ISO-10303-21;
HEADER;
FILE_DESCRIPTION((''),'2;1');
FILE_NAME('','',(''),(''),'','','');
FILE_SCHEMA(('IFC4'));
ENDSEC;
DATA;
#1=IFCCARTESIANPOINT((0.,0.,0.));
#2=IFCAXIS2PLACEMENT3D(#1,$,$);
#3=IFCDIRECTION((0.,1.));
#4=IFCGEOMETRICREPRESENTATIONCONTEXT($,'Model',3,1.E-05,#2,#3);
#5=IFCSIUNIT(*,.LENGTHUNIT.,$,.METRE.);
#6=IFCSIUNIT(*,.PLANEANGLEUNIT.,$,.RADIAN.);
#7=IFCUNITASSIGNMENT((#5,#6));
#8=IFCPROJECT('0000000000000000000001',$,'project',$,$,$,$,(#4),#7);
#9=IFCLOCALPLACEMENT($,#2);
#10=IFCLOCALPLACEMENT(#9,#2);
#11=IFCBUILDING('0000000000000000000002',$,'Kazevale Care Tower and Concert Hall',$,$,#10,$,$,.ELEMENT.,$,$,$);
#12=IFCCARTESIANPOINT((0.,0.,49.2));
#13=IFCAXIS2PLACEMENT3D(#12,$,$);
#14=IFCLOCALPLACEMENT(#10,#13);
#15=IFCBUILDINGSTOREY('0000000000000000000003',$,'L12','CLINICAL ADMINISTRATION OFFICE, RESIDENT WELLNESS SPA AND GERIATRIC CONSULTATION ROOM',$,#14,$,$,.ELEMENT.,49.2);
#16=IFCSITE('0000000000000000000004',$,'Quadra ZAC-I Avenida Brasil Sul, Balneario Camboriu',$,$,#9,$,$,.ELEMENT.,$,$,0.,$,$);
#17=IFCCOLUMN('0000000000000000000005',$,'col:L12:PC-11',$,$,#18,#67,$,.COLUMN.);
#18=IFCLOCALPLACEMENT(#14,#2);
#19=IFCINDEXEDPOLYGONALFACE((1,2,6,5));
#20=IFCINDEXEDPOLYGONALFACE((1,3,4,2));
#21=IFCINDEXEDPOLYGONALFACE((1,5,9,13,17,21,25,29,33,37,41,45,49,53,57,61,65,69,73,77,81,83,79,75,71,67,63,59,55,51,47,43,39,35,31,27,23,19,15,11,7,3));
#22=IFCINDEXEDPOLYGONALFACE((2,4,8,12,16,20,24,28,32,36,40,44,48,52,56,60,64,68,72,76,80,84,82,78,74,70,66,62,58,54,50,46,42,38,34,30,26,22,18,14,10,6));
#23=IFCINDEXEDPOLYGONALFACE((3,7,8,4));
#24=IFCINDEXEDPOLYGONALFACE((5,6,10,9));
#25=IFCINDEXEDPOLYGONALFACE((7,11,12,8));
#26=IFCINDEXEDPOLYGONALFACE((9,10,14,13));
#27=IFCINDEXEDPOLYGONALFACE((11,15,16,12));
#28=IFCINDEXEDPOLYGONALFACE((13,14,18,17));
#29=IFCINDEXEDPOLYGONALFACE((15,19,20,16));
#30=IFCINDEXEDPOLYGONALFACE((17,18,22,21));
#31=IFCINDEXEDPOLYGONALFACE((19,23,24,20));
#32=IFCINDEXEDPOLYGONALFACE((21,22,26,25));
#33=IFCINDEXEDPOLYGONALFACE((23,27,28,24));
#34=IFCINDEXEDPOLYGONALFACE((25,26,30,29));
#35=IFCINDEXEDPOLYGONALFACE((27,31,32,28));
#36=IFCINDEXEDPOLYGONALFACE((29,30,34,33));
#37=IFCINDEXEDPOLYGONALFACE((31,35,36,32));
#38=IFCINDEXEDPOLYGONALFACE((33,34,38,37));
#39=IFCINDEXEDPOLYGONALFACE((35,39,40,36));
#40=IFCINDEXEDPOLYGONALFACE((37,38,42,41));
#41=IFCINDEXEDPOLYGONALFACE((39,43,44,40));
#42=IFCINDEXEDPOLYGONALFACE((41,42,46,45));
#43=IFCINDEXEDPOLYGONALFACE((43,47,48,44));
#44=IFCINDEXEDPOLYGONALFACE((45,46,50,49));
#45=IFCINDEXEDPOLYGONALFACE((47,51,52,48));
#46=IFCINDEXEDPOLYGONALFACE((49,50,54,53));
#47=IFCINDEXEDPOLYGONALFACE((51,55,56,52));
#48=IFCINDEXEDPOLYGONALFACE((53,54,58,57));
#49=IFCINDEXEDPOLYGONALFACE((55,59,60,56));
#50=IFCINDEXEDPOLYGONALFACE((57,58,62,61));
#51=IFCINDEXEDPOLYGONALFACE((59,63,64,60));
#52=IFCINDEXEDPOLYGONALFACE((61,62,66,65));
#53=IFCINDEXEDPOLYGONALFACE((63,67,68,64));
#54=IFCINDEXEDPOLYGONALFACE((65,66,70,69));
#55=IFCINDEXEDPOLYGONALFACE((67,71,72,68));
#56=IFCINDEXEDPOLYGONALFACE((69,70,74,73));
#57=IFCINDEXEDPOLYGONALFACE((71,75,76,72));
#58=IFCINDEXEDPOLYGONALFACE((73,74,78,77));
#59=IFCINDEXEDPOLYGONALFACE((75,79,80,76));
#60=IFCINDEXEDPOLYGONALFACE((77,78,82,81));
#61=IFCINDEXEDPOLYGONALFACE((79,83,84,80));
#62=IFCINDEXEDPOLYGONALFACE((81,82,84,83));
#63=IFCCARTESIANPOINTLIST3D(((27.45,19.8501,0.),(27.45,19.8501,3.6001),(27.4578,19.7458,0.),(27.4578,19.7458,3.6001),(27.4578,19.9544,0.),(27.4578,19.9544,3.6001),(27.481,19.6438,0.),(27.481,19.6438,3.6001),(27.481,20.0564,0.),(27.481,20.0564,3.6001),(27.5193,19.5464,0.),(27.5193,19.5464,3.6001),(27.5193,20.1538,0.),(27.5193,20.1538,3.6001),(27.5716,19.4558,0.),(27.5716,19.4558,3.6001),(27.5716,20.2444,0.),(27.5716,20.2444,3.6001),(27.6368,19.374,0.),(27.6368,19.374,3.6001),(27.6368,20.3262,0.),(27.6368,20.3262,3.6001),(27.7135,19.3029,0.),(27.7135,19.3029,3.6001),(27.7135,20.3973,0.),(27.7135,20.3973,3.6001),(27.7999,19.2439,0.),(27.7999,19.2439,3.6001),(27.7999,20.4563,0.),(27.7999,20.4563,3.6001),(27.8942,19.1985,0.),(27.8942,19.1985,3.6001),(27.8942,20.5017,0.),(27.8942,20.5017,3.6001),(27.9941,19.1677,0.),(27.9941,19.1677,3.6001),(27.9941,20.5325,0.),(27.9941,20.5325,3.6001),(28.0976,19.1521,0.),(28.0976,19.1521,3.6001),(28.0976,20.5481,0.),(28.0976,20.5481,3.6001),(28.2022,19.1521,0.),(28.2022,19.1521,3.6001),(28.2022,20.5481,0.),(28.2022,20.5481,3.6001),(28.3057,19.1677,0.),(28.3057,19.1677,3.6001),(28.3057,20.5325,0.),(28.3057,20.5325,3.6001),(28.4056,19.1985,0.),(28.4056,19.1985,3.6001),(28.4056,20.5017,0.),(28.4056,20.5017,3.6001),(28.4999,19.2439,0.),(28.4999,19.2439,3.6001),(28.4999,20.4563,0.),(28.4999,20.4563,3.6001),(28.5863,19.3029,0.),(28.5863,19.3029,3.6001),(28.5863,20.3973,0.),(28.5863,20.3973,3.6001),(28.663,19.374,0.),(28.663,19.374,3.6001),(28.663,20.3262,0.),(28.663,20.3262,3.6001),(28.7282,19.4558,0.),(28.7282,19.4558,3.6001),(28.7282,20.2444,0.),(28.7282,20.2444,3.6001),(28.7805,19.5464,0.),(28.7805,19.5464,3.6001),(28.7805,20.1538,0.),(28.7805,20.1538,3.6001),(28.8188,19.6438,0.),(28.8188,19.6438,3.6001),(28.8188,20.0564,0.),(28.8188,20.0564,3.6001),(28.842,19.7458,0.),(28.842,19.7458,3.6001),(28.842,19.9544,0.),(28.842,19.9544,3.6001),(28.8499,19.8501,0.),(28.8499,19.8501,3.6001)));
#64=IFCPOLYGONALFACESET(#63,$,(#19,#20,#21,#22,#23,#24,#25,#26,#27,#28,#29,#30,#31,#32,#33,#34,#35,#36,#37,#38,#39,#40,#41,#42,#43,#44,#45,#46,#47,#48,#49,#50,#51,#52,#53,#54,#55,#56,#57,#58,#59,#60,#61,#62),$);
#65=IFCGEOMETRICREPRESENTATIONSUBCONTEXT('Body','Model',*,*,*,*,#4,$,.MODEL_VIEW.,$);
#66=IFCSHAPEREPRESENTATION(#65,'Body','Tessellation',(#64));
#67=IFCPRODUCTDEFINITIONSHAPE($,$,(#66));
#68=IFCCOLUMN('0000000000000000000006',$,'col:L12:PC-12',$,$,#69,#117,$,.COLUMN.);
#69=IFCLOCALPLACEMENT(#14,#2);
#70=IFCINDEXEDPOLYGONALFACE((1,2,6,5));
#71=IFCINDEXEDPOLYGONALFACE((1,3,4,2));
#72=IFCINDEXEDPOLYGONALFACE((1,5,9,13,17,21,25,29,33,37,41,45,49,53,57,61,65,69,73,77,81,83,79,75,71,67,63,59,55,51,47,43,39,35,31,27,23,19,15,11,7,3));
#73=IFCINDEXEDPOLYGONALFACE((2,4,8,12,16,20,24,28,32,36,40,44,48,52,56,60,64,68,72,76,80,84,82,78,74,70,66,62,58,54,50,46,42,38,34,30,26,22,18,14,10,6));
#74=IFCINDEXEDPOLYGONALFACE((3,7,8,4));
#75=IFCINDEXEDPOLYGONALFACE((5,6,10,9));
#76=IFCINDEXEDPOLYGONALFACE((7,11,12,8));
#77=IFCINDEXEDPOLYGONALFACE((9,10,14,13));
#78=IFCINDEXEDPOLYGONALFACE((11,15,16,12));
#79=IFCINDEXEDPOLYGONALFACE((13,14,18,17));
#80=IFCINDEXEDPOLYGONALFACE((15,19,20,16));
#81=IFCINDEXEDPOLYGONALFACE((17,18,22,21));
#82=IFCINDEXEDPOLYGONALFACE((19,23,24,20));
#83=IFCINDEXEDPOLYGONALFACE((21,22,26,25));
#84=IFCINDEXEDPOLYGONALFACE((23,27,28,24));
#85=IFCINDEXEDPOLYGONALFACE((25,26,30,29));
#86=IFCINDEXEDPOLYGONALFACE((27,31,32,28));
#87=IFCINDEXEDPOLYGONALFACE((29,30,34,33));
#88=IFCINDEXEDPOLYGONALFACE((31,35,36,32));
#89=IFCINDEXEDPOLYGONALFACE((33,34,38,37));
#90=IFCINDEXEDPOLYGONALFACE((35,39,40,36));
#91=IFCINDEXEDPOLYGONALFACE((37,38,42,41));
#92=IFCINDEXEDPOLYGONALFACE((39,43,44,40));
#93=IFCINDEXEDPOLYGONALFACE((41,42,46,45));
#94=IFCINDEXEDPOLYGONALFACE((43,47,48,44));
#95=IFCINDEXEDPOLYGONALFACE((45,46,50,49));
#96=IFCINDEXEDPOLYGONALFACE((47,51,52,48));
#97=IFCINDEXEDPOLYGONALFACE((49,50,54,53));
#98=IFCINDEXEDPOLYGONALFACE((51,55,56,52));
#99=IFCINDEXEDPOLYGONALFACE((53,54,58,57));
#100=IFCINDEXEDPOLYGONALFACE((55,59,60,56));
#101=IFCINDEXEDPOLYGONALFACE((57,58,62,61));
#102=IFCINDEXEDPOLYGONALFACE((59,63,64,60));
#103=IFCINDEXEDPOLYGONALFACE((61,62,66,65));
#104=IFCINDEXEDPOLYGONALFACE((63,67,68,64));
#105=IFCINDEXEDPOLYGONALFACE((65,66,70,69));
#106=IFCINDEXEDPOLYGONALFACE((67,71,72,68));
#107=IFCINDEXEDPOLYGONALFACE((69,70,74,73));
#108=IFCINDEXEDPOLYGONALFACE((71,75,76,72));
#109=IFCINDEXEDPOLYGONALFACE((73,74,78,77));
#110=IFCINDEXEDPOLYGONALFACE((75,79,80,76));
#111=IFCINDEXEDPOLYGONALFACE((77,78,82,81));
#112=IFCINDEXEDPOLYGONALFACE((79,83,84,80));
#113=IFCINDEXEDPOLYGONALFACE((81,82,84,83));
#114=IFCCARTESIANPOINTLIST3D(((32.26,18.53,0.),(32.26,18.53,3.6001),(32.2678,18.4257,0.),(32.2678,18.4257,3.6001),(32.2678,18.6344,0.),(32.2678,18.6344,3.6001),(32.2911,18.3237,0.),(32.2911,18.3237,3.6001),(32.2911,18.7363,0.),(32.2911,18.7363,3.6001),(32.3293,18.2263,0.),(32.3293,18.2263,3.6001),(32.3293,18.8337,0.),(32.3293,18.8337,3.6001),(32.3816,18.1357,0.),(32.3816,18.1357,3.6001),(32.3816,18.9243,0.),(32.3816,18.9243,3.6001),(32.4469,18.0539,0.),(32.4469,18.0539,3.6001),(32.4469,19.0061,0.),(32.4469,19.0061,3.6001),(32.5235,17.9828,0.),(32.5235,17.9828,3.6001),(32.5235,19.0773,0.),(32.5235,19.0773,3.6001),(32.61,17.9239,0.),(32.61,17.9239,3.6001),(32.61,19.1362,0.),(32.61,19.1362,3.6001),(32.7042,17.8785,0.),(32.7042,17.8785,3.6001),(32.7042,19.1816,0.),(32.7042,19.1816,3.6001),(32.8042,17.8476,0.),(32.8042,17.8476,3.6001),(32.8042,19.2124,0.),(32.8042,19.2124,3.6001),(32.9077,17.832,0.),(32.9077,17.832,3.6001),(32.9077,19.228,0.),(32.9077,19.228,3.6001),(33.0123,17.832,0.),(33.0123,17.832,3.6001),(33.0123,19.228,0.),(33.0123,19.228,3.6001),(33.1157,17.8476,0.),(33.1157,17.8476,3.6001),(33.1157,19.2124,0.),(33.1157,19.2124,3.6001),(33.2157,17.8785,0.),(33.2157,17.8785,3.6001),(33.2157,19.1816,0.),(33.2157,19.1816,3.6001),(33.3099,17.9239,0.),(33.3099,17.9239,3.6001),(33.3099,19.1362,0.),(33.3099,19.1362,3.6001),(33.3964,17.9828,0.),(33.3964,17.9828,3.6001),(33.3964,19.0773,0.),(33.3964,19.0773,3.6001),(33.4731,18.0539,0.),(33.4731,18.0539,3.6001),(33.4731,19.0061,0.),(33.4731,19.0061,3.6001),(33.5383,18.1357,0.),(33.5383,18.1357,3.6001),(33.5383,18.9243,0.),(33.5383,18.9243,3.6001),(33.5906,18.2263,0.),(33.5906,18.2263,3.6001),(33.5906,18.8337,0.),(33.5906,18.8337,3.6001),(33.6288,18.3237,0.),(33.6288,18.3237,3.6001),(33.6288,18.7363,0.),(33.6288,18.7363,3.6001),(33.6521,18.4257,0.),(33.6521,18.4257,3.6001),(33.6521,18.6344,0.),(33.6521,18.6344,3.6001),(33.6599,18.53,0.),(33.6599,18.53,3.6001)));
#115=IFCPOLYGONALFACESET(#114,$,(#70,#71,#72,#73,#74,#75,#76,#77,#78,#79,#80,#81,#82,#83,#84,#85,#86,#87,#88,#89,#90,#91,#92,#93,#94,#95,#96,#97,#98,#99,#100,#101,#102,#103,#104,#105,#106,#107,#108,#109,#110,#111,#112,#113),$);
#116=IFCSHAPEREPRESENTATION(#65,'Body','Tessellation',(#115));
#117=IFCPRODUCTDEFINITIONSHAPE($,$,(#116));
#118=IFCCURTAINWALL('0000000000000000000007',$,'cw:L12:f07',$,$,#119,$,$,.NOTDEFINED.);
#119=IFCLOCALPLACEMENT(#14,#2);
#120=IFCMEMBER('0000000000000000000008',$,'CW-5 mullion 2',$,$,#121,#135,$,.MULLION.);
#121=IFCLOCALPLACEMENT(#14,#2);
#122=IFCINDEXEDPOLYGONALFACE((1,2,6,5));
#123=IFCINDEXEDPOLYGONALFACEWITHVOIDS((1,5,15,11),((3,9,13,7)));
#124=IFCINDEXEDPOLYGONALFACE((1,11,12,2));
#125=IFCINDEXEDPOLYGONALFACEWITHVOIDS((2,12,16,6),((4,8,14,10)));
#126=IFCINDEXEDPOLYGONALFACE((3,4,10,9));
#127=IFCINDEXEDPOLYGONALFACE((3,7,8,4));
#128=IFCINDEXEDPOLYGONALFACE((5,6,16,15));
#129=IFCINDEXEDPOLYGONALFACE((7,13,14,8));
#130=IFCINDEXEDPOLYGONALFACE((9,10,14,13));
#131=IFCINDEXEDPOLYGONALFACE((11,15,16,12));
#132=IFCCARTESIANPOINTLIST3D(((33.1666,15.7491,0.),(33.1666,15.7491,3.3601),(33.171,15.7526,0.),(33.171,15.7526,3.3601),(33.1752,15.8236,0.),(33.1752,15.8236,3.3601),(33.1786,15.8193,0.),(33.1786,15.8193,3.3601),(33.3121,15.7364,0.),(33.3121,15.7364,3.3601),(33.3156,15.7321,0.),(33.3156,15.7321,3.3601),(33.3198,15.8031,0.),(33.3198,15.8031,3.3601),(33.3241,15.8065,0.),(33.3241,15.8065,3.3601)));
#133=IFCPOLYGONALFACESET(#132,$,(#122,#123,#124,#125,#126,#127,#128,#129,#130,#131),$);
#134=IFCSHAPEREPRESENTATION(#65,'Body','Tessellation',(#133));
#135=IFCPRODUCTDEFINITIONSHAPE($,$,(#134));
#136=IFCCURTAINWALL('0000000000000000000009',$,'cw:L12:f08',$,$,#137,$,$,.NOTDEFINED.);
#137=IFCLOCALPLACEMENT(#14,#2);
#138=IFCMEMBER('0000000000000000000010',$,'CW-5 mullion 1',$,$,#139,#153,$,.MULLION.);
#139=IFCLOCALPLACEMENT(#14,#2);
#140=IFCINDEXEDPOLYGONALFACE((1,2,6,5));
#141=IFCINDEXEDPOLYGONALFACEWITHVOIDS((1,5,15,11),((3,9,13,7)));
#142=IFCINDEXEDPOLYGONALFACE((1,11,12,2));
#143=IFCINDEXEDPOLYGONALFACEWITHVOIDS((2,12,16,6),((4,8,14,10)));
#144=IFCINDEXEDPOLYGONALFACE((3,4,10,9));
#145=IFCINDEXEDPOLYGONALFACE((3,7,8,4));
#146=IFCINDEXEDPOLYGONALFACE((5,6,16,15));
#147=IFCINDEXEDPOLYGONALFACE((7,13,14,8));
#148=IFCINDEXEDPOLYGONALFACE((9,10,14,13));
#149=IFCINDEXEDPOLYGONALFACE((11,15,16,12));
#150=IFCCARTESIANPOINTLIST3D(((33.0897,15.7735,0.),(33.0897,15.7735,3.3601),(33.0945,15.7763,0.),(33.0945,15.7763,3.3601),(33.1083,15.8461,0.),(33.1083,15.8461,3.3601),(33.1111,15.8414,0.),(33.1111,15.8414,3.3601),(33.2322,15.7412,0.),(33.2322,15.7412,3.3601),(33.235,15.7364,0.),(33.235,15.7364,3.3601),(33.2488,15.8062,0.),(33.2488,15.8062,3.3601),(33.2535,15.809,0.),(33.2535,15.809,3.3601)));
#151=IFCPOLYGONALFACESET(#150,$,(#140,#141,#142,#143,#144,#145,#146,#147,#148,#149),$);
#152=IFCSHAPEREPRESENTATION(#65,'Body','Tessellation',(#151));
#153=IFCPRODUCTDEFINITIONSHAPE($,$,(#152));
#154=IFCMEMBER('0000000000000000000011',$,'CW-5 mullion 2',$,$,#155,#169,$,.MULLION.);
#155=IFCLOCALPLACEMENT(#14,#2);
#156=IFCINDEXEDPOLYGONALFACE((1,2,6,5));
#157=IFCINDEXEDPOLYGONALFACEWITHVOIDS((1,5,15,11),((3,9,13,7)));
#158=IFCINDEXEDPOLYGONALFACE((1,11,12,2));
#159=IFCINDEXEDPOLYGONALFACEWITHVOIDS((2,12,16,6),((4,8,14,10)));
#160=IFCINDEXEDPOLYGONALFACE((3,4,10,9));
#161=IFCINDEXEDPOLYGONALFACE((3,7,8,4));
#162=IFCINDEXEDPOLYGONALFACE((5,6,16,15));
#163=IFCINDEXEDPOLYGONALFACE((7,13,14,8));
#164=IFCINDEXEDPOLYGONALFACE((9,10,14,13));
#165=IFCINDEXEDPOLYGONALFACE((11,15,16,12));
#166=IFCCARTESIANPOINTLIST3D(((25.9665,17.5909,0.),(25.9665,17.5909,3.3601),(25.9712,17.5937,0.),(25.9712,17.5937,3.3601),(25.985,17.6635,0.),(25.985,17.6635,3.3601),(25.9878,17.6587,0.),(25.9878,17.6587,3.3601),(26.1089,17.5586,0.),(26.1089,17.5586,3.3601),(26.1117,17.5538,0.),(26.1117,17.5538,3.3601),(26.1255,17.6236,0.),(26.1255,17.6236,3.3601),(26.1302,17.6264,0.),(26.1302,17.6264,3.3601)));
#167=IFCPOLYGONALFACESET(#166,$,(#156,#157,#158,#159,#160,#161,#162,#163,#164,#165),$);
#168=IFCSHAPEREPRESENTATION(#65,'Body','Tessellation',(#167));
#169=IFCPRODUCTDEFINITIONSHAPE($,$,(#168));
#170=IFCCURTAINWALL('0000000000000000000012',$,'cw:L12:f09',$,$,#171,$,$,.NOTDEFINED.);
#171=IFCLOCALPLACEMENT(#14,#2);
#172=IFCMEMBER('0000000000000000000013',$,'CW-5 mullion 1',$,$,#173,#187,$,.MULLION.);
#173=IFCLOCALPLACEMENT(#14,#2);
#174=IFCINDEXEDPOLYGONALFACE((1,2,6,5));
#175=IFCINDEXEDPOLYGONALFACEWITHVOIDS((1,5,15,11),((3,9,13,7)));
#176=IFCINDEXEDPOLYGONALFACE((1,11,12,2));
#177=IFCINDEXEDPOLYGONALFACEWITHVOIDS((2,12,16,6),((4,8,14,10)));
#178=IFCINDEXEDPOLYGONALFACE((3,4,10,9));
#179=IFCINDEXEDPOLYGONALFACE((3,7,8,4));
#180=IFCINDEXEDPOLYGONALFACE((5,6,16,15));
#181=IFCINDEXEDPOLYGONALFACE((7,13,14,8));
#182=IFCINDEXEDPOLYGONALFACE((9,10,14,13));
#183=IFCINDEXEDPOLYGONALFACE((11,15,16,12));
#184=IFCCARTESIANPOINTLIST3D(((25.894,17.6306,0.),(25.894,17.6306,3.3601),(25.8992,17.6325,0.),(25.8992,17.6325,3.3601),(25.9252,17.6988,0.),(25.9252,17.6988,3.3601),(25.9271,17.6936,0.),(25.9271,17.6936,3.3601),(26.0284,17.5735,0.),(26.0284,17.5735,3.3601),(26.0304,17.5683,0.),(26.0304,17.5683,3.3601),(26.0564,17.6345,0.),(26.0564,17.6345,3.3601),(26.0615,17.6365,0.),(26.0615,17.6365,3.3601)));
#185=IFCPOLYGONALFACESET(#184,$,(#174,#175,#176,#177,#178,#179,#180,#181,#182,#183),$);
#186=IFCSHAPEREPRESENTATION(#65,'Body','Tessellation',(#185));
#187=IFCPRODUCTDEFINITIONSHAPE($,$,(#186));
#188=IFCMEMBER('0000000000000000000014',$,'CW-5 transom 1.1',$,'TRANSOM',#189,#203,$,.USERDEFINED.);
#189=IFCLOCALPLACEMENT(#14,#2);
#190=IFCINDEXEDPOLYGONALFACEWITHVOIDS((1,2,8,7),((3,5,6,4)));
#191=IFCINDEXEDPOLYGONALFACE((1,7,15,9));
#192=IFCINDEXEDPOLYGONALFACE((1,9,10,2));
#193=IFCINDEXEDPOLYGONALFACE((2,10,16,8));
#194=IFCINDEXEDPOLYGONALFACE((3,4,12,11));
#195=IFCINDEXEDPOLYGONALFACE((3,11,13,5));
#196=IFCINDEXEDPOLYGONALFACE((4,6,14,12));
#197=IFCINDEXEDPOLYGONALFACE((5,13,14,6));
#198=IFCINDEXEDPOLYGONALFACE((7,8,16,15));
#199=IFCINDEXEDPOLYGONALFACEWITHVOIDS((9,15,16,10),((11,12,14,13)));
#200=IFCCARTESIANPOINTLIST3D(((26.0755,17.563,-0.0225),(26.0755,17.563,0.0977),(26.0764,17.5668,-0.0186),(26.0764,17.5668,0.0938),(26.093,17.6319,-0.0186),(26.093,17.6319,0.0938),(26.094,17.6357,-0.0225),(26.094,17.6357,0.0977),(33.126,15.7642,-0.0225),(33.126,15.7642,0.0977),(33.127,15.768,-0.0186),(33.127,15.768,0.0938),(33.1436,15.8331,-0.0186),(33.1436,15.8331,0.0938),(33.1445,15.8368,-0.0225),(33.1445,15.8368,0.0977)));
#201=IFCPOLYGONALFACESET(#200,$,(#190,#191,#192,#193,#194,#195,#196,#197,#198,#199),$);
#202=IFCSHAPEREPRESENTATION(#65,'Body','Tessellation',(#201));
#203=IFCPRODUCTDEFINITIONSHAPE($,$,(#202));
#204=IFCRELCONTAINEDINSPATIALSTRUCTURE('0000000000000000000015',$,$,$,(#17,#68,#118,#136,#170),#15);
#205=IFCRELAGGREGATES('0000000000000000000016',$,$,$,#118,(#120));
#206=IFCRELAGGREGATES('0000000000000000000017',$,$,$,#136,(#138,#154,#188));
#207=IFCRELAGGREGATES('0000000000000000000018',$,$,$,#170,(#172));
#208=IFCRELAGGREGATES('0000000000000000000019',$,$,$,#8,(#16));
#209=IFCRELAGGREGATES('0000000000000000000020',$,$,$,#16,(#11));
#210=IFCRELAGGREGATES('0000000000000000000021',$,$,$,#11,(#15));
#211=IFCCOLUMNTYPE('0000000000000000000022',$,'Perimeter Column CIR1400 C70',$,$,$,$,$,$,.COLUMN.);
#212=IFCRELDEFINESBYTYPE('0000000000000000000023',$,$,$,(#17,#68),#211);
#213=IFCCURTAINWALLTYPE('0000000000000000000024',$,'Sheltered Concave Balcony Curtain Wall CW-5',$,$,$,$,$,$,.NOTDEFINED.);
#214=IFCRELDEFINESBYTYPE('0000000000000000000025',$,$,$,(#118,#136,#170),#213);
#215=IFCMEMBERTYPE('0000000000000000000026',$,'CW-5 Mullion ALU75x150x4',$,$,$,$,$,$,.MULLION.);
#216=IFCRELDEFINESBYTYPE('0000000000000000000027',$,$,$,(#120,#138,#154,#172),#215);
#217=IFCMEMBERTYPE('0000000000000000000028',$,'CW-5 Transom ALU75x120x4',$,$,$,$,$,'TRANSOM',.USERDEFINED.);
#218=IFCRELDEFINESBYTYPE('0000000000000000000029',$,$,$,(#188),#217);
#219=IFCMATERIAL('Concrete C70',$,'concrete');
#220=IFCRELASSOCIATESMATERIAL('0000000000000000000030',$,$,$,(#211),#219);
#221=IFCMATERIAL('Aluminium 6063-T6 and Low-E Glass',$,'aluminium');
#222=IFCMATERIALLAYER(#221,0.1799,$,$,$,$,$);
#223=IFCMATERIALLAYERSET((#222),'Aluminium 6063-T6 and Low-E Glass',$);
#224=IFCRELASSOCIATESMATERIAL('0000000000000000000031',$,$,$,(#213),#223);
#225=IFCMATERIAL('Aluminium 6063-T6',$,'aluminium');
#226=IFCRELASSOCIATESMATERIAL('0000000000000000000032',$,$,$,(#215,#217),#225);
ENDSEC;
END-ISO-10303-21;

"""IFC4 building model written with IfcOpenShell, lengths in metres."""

from ifc_helpers import new_model, si_unit, direction, frame, origin, origin_2d, place, context, subcontext, project, spatial, hollow_rectangle, circle, extrude, material, layer, layer_set, material_profile, profile_set, type_object, element, aggregate, save


model = new_model("IFC4")

# Units and contexts
model_context = context("Model", 3, precision=1e-05, world=origin(), true_north=direction((0.0, 1.0)))
body_context = subcontext(model_context, "Body", "Model", "MODEL_VIEW")
ifc_project = project(units=[si_unit("LENGTHUNIT", "METRE"), si_unit("PLANEANGLEUNIT", "RADIAN")], contexts=[model_context])

# Site, building, storey
site_placement = place(None, origin())
site = spatial("IfcSite", under=ifc_project, at=site_placement, Name="Quadra ZAC-I Avenida Brasil Sul, Balneario Camboriu", CompositionType="ELEMENT", RefElevation=0.0)
building_placement = place(site_placement, origin())
building = spatial("IfcBuilding", under=site, at=building_placement, Name="Kazevale Care Tower and Concert Hall", CompositionType="ELEMENT")
storey_placement = place(building_placement, frame((0.0, 0.0, 49.2)))
storey = spatial("IfcBuildingStorey", under=building, at=storey_placement, Name="L12", Description="CLINICAL ADMINISTRATION OFFICE, RESIDENT WELLNESS SPA AND GERIATRIC CONSULTATION ROOM", CompositionType="ELEMENT", Elevation=49.2)

# Columns
ifc_material_1 = material(Name="Concrete C70", Category="concrete")
ifc_material_profile_1 = material_profile(ifc_material_1, circle(Radius=0.7, at=origin_2d()), Name="RC-CIR1400")
ifc_profile_set_1 = profile_set([ifc_material_profile_1], Name="Concrete C70")
column_type = type_object("IfcColumnType", Name="Perimeter Column CIR1400 C70", PredefinedType="COLUMN", material=ifc_profile_set_1)
for number, where, z_axis, x_axis, name in (
    (1, (28.1499, 19.8501, 0.0), (0.0, 0.0, 1.0), (1.0, 0.0, 0.0), "col:L12:PC-11"),
    (2, (32.96, 18.53, 0.0), (0.0, 0.0, 1.0), (1.0, 0.0, 0.0), "col:L12:PC-12"),
):
    element("IfcColumn", number, at=place(storey_placement, frame(where, z_axis=z_axis, x_axis=x_axis)), inside=storey, type_object=column_type, Name=name, PredefinedType="COLUMN", context=body_context, shape_type="SweptSolid", body=[
        extrude(circle(Radius=0.7, at=origin_2d()), origin(), (0.0, 0.0, 1.0), 3.6001),
    ])

# Curtain wall, member
ifc_material_2 = material(Name="Aluminium 6063-T6 and Low-E Glass", Category="aluminium")
ifc_layer_1 = layer(ifc_material_2, 0.1799)
ifc_layer_set_1 = layer_set([ifc_layer_1], Name="Aluminium 6063-T6 and Low-E Glass")
curtain_wall_type = type_object("IfcCurtainWallType", Name="Sheltered Concave Balcony Curtain Wall CW-5", PredefinedType="NOTDEFINED", material=ifc_layer_set_1)
curtain_wall_1_placement = place(storey_placement, origin())
curtain_wall_1 = element("IfcCurtainWall", 3, at=curtain_wall_1_placement, inside=storey, type_object=curtain_wall_type, Name="cw:L12:f07", PredefinedType="NOTDEFINED")
ifc_material_3 = material(Name="Aluminium 6063-T6", Category="aluminium")
ifc_material_profile_2 = material_profile(ifc_material_3, hollow_rectangle(XDim=0.075, YDim=0.1499, WallThickness=0.0039, at=origin_2d()), Name="ALU75x150x4")
ifc_profile_set_2 = profile_set([ifc_material_profile_2], Name="Aluminium 6063-T6")
member_type_1 = type_object("IfcMemberType", Name="CW-5 Mullion ALU75x150x4", PredefinedType="MULLION", material=ifc_profile_set_2)
member_1_placement = place(storey_placement, frame((33.2454, 15.7778, 0.0), z_axis=(0.0, 0.0, 1.0), x_axis=(-0.113705, -0.993515, 0.0)))
member_1 = element("IfcMember", 4, at=member_1_placement, type_object=member_type_1, Name="CW-5 mullion 2", PredefinedType="MULLION", context=body_context, shape_type="SweptSolid", body=[
    extrude(hollow_rectangle(XDim=0.075, YDim=0.1499, WallThickness=0.0039, at=origin_2d()), origin(), (0.0, 0.0, 1.0), 3.3601),
])
aggregate(curtain_wall_1, [member_1])

# Curtain wall, members
curtain_wall_2_placement = place(storey_placement, origin())
curtain_wall_2 = element("IfcCurtainWall", 5, at=curtain_wall_2_placement, inside=storey, type_object=curtain_wall_type, Name="cw:L12:f08", PredefinedType="NOTDEFINED")
member_2_placement = place(storey_placement, frame((33.1716, 15.7913, 0.0), z_axis=(0.0, 0.0, 1.0), x_axis=(-0.247222, -0.968959, 0.0)))
member_2 = element("IfcMember", 6, at=member_2_placement, type_object=member_type_1, Name="CW-5 mullion 1", PredefinedType="MULLION", context=body_context, shape_type="SweptSolid", body=[
    extrude(hollow_rectangle(XDim=0.075, YDim=0.1499, WallThickness=0.0039, at=origin_2d()), origin(), (0.0, 0.0, 1.0), 3.3601),
])
member_3_placement = place(storey_placement, frame((26.0483, 17.6086, 0.0), z_axis=(0.0, 0.0, 1.0), x_axis=(-0.247222, -0.968959, 0.0)))
member_3 = element("IfcMember", 7, at=member_3_placement, type_object=member_type_1, Name="CW-5 mullion 2", PredefinedType="MULLION", context=body_context, shape_type="SweptSolid", body=[
    extrude(hollow_rectangle(XDim=0.075, YDim=0.1499, WallThickness=0.0039, at=origin_2d()), origin(), (0.0, 0.0, 1.0), 3.3601),
])

# Curtain wall, member
curtain_wall_3_placement = place(storey_placement, origin())
curtain_wall_3 = element("IfcCurtainWall", 8, at=curtain_wall_3_placement, inside=storey, type_object=curtain_wall_type, Name="cw:L12:f09", PredefinedType="NOTDEFINED")
member_4_placement = place(storey_placement, frame((25.9778, 17.6335, 0.0), z_axis=(0.0, 0.0, 1.0), x_axis=(-0.41566, -0.90952, 0.0)))
member_4 = element("IfcMember", 9, at=member_4_placement, type_object=member_type_1, Name="CW-5 mullion 1", PredefinedType="MULLION", context=body_context, shape_type="SweptSolid", body=[
    extrude(hollow_rectangle(XDim=0.075, YDim=0.1499, WallThickness=0.0039, at=origin_2d()), origin(), (0.0, 0.0, 1.0), 3.3601),
])

# Member
ifc_material_profile_3 = material_profile(ifc_material_3, hollow_rectangle(XDim=0.075, YDim=0.1201, WallThickness=0.0039, at=origin_2d()), Name="ALU75x120x4")
ifc_profile_set_3 = profile_set([ifc_material_profile_3], Name="Aluminium 6063-T6")
member_type_2 = type_object("IfcMemberType", Name="CW-5 Transom ALU75x120x4", ElementType="TRANSOM", PredefinedType="USERDEFINED", material=ifc_profile_set_3)
member_5_placement = place(storey_placement, frame((33.1353, 15.8005, 0.0376), z_axis=(-0.968961, 0.247214, 0.0), x_axis=(-0.247214, -0.968961, 0.0)))
member_5 = element("IfcMember", 10, at=member_5_placement, type_object=member_type_2, Name="CW-5 transom 1.1", ObjectType="TRANSOM", PredefinedType="USERDEFINED", context=body_context, shape_type="SweptSolid", body=[
    extrude(hollow_rectangle(XDim=0.075, YDim=0.1201, WallThickness=0.0039, at=origin_2d()), origin(), (0.0, 0.0, 1.0), 7.2764),
])

aggregate(curtain_wall_2, [member_2, member_3, member_5])
aggregate(curtain_wall_3, [member_4])

save(model, "model.ifc")
